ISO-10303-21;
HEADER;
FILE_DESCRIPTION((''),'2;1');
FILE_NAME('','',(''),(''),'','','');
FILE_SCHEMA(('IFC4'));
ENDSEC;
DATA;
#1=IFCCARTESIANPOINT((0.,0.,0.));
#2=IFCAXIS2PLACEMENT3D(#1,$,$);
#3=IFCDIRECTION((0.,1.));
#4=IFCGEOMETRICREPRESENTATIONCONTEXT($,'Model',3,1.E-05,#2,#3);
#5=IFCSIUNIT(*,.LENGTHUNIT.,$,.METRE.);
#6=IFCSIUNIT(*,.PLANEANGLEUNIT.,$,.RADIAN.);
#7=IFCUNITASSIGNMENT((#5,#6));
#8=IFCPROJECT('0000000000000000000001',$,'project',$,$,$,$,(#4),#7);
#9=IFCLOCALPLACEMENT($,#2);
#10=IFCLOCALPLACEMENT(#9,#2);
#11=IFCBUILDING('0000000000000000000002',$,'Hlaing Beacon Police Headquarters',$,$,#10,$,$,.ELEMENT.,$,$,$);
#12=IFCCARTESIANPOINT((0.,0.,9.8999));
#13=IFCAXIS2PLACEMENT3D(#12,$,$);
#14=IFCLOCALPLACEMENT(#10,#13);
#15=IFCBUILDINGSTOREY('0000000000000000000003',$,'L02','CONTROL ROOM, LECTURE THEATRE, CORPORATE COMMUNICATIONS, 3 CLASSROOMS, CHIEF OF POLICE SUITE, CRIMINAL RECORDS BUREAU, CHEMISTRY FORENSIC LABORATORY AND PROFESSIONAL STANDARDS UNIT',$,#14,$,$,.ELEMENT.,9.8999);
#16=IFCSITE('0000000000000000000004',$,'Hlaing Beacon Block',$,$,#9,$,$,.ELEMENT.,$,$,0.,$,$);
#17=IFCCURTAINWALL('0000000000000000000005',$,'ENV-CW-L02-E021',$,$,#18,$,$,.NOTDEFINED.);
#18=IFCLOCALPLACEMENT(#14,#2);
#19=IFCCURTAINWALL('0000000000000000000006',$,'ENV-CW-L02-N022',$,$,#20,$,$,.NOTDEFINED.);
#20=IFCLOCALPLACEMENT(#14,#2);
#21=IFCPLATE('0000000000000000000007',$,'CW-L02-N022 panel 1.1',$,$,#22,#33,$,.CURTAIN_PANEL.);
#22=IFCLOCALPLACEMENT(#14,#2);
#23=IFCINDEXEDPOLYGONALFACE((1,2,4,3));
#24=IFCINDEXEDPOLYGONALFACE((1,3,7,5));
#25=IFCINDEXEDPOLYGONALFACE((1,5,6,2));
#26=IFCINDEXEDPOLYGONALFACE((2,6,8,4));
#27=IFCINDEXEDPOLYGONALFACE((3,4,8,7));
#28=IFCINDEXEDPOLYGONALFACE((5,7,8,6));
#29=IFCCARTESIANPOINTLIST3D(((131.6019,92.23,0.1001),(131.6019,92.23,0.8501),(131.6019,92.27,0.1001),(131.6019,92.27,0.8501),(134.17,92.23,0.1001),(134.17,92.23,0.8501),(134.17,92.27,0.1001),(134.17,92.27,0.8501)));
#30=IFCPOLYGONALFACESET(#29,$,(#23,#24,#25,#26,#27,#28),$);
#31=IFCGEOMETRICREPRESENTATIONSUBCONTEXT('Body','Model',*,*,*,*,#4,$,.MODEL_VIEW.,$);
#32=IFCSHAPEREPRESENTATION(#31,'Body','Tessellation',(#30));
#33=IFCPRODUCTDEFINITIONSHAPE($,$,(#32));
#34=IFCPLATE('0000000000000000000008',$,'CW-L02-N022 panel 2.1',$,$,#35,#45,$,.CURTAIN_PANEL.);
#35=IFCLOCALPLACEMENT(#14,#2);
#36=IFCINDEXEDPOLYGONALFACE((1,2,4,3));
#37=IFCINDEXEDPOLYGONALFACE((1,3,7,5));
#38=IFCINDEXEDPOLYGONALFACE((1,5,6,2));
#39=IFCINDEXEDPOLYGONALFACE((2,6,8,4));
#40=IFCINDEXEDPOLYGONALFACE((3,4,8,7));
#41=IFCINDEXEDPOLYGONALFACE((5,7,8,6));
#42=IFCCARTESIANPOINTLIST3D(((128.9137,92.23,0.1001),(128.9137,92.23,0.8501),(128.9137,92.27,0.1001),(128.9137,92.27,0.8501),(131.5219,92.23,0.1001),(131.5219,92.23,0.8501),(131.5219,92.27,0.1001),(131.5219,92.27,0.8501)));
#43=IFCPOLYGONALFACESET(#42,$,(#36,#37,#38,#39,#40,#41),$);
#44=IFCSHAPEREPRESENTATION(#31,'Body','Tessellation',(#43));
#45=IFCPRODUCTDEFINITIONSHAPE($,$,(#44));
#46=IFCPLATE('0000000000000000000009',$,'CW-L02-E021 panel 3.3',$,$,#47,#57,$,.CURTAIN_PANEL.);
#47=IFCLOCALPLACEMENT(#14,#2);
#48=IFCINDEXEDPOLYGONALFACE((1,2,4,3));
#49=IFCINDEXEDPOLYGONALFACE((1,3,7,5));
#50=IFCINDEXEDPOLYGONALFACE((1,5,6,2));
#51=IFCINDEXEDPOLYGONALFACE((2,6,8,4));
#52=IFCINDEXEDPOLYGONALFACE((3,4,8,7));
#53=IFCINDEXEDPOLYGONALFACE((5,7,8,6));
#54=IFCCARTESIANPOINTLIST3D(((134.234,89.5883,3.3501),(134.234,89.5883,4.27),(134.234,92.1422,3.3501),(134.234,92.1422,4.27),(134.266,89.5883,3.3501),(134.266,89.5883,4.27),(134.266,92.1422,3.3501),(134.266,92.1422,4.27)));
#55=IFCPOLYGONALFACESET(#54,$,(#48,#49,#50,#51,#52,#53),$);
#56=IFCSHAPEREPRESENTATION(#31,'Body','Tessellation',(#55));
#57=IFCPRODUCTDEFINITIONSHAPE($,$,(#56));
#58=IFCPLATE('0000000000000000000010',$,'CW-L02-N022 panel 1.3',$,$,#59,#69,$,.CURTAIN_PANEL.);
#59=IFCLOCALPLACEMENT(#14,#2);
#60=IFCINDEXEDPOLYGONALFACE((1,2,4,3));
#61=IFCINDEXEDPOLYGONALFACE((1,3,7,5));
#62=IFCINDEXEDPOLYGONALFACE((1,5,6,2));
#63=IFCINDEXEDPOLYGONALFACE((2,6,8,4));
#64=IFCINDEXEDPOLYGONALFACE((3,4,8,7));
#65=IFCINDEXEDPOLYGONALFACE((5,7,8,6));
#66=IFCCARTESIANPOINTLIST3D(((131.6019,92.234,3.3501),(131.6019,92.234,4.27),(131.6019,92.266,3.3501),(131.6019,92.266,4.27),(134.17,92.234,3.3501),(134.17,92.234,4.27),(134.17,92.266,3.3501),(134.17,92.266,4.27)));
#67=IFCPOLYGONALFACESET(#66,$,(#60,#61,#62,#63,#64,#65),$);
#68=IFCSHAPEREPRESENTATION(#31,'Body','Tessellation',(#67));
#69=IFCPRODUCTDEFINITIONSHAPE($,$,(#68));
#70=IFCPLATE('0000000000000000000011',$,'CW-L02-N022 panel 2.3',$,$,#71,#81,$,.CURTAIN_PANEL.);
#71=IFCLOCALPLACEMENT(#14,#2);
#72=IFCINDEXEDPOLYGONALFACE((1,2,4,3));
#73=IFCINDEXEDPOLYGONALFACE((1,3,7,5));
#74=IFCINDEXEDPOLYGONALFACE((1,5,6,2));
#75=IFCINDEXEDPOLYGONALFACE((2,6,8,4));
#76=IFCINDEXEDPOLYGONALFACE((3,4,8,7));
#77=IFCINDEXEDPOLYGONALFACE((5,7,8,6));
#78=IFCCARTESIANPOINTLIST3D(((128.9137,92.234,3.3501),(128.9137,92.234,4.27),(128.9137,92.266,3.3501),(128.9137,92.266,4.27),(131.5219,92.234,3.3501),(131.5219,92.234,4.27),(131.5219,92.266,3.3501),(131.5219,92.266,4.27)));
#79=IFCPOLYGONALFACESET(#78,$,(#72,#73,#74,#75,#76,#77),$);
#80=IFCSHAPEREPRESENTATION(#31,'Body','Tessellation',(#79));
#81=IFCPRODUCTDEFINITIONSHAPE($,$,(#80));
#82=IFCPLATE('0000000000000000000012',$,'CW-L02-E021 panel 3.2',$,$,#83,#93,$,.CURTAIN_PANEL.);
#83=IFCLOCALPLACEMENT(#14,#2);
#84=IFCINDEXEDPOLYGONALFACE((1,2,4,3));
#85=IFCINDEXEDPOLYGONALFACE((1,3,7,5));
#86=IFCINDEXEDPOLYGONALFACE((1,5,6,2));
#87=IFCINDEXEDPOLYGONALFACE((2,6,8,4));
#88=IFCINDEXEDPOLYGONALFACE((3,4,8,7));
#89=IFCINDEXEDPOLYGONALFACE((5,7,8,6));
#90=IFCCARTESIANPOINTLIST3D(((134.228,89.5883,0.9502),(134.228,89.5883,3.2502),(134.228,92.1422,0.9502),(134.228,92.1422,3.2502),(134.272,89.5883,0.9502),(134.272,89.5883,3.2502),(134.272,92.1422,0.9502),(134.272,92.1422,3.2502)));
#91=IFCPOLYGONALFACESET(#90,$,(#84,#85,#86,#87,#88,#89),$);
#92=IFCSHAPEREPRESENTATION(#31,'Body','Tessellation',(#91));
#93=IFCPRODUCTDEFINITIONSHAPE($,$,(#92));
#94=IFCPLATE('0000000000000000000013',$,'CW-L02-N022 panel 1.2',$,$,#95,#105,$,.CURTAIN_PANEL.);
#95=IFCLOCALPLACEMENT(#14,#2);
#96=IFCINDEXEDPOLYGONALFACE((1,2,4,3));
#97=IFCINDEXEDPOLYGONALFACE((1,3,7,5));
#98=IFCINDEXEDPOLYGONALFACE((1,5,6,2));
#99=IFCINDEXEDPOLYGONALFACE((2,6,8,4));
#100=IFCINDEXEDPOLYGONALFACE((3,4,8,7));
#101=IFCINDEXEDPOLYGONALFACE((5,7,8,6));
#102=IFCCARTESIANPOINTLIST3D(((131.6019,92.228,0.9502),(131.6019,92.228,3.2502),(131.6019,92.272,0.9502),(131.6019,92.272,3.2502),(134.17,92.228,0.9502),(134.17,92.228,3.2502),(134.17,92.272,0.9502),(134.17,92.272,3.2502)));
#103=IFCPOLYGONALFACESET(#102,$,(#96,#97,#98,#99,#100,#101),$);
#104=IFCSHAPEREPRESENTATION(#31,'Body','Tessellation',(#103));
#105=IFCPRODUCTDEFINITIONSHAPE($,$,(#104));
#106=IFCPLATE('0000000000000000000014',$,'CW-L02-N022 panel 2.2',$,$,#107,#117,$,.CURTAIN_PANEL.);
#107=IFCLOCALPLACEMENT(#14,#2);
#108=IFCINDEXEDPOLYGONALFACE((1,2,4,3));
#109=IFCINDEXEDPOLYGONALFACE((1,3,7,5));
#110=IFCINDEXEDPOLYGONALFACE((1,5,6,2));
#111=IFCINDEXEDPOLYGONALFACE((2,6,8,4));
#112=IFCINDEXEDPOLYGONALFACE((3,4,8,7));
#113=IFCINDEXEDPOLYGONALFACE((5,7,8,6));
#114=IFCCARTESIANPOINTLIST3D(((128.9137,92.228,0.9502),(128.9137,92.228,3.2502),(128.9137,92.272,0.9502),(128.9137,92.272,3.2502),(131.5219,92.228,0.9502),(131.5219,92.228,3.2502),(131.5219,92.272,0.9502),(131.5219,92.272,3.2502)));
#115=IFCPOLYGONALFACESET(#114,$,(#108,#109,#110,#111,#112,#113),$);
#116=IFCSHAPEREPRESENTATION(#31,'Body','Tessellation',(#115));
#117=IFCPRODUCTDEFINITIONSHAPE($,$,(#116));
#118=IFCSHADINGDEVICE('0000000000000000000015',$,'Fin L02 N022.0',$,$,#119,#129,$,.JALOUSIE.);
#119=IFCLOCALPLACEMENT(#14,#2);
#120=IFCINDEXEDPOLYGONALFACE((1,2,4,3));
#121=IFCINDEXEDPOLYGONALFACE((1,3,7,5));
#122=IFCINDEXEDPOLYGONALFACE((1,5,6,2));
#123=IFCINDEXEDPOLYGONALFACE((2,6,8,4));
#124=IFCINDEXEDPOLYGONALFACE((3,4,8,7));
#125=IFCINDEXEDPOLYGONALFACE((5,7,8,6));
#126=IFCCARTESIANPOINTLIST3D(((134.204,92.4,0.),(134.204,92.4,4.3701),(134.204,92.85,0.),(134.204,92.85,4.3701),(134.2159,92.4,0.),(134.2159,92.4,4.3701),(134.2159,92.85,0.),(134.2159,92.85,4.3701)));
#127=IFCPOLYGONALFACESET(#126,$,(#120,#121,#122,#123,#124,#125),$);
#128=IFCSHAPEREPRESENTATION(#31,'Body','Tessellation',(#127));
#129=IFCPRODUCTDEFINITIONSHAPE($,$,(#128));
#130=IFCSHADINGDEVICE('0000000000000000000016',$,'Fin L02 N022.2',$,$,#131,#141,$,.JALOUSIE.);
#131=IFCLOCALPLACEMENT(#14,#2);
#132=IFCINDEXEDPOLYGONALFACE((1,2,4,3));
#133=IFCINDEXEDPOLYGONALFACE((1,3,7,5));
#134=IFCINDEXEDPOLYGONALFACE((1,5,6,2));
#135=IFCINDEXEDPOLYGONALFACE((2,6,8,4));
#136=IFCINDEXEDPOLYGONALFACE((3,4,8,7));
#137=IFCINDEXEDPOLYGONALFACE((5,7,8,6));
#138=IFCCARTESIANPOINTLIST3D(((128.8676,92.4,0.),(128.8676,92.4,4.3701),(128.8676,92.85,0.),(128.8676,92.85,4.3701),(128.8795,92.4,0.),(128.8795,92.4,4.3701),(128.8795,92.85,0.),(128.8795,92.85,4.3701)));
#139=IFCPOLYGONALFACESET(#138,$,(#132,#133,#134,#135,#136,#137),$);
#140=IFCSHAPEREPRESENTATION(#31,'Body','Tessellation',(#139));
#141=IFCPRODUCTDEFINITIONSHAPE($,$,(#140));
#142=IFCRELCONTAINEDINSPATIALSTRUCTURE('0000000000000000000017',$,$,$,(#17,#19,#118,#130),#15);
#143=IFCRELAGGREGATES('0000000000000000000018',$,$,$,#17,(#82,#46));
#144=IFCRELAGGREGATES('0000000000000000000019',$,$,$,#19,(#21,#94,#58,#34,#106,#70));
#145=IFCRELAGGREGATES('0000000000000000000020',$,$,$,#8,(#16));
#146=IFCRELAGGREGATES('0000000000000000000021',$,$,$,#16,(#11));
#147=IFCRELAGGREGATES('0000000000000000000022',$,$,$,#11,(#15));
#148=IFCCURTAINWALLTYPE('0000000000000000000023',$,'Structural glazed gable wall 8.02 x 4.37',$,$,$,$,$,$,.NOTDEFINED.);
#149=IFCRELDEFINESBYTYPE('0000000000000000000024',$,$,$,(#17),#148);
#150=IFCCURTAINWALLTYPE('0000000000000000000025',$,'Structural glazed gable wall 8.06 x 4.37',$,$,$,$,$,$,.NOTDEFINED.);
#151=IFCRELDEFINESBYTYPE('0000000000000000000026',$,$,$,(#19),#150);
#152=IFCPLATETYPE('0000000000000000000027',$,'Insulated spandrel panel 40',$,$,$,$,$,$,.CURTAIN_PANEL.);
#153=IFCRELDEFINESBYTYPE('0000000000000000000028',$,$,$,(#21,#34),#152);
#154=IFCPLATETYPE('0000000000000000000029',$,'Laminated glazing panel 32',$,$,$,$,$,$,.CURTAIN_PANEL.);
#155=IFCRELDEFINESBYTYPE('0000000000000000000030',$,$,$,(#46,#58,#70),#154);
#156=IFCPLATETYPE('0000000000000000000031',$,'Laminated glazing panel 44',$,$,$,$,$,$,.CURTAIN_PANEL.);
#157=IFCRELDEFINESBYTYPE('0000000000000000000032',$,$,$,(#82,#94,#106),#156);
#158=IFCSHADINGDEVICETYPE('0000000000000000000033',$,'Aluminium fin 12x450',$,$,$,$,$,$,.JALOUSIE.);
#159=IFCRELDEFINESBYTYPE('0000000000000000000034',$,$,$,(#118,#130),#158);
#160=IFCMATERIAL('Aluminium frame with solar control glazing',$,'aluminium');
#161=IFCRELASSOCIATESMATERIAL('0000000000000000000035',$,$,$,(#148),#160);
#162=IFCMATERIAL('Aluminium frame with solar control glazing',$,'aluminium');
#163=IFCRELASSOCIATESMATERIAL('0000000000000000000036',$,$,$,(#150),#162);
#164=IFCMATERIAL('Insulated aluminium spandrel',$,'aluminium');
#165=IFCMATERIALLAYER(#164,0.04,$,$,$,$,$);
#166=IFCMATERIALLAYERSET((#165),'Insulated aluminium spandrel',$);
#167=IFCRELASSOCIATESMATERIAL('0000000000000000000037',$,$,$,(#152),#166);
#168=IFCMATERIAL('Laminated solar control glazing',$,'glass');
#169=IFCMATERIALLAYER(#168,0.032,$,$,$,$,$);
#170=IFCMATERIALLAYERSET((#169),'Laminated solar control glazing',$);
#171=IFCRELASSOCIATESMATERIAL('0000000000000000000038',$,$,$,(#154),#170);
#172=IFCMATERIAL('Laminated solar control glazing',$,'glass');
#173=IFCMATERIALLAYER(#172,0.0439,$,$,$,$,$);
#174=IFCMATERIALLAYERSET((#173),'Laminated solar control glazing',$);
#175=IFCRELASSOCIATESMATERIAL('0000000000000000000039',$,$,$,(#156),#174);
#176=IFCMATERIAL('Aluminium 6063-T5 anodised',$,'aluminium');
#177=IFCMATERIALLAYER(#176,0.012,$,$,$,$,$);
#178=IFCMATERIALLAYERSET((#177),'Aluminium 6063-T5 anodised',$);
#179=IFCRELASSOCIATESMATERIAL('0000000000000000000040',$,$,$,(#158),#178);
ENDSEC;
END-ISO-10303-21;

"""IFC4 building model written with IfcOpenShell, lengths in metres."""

from ifc_helpers import new_model, si_unit, direction, frame, origin, origin_2d, place, context, subcontext, project, spatial, rectangle, extrude, material, layer, layer_set, type_object, element, aggregate, save


model = new_model("IFC4")

# Units and contexts
model_context = context("Model", 3, precision=1e-05, world=origin(), true_north=direction((0.0, 1.0)))
body_context = subcontext(model_context, "Body", "Model", "MODEL_VIEW")
ifc_project = project(units=[si_unit("LENGTHUNIT", "METRE"), si_unit("PLANEANGLEUNIT", "RADIAN")], contexts=[model_context])

# Site, building, storey
site_placement = place(None, origin())
site = spatial("IfcSite", under=ifc_project, at=site_placement, Name="Hlaing Beacon Block", CompositionType="ELEMENT", RefElevation=0.0)
building_placement = place(site_placement, origin())
building = spatial("IfcBuilding", under=site, at=building_placement, Name="Hlaing Beacon Police Headquarters", CompositionType="ELEMENT")
storey_placement = place(building_placement, frame((0.0, 0.0, 9.8999)))
storey = spatial("IfcBuildingStorey", under=building, at=storey_placement, Name="L02", Description="CONTROL ROOM, LECTURE THEATRE, CORPORATE COMMUNICATIONS, 3 CLASSROOMS, CHIEF OF POLICE SUITE, CRIMINAL RECORDS BUREAU, CHEMISTRY FORENSIC LABORATORY AND PROFESSIONAL STANDARDS UNIT", CompositionType="ELEMENT", Elevation=9.8999)

# Curtain wall
ifc_material_1 = material(Name="Aluminium frame with solar control glazing", Category="aluminium")
curtain_wall_type_1 = type_object("IfcCurtainWallType", Name="Structural glazed gable wall 8.02 x 4.37", PredefinedType="NOTDEFINED", material=ifc_material_1)
curtain_wall_1_placement = place(storey_placement, origin())
curtain_wall_1 = element("IfcCurtainWall", 1, at=curtain_wall_1_placement, inside=storey, type_object=curtain_wall_type_1, Name="ENV-CW-L02-E021", PredefinedType="NOTDEFINED")

# Curtain wall, plates
ifc_material_2 = material(Name="Aluminium frame with solar control glazing", Category="aluminium")
curtain_wall_type_2 = type_object("IfcCurtainWallType", Name="Structural glazed gable wall 8.06 x 4.37", PredefinedType="NOTDEFINED", material=ifc_material_2)
curtain_wall_2_placement = place(storey_placement, origin())
curtain_wall_2 = element("IfcCurtainWall", 2, at=curtain_wall_2_placement, inside=storey, type_object=curtain_wall_type_2, Name="ENV-CW-L02-N022", PredefinedType="NOTDEFINED")
ifc_material_3 = material(Name="Insulated aluminium spandrel", Category="aluminium")
ifc_layer_1 = layer(ifc_material_3, 0.04)
ifc_layer_set_1 = layer_set([ifc_layer_1], Name="Insulated aluminium spandrel")
plate_type_1 = type_object("IfcPlateType", Name="Insulated spandrel panel 40", PredefinedType="CURTAIN_PANEL", material=ifc_layer_set_1)
plate_1_placement = place(storey_placement, frame((132.886, 92.25, 0.1001), z_axis=(0.0, 0.0, 1.0), x_axis=(-1.0, 0.0, 0.0)))
plate_1 = element("IfcPlate", 3, at=plate_1_placement, type_object=plate_type_1, Name="CW-L02-N022 panel 1.1", PredefinedType="CURTAIN_PANEL", context=body_context, shape_type="SweptSolid", body=[
    extrude(rectangle(XDim=2.5681, YDim=0.04, at=origin_2d()), origin(), (0.0, 0.0, 1.0), 0.75),
])
plate_2_placement = place(storey_placement, frame((130.2178, 92.25, 0.1001), z_axis=(0.0, 0.0, 1.0), x_axis=(-1.0, 0.0, 0.0)))
plate_2 = element("IfcPlate", 4, at=plate_2_placement, type_object=plate_type_1, Name="CW-L02-N022 panel 2.1", PredefinedType="CURTAIN_PANEL", context=body_context, shape_type="SweptSolid", body=[
    extrude(rectangle(XDim=2.6082, YDim=0.04, at=origin_2d()), origin(), (0.0, 0.0, 1.0), 0.75),
])

# Plates
ifc_material_4 = material(Name="Laminated solar control glazing", Category="glass")
ifc_layer_2 = layer(ifc_material_4, 0.032)
ifc_layer_set_2 = layer_set([ifc_layer_2], Name="Laminated solar control glazing")
plate_type_2 = type_object("IfcPlateType", Name="Laminated glazing panel 32", PredefinedType="CURTAIN_PANEL", material=ifc_layer_set_2)
plate_3_placement = place(storey_placement, frame((134.25, 90.8652, 3.3501), z_axis=(0.0, 0.0, 1.0), x_axis=(0.0, 1.0, 0.0)))
plate_3 = element("IfcPlate", 5, at=plate_3_placement, type_object=plate_type_2, Name="CW-L02-E021 panel 3.3", PredefinedType="CURTAIN_PANEL", context=body_context, shape_type="SweptSolid", body=[
    extrude(rectangle(XDim=2.554, YDim=0.032, at=origin_2d()), origin(), (0.0, 0.0, 1.0), 0.9199),
])
plate_4_placement = place(storey_placement, frame((132.886, 92.25, 3.3501), z_axis=(0.0, 0.0, 1.0), x_axis=(-1.0, 0.0, 0.0)))
plate_4 = element("IfcPlate", 6, at=plate_4_placement, type_object=plate_type_2, Name="CW-L02-N022 panel 1.3", PredefinedType="CURTAIN_PANEL", context=body_context, shape_type="SweptSolid", body=[
    extrude(rectangle(XDim=2.5681, YDim=0.032, at=origin_2d()), origin(), (0.0, 0.0, 1.0), 0.9199),
])
plate_5_placement = place(storey_placement, frame((130.2178, 92.25, 3.3501), z_axis=(0.0, 0.0, 1.0), x_axis=(-1.0, 0.0, 0.0)))
plate_5 = element("IfcPlate", 7, at=plate_5_placement, type_object=plate_type_2, Name="CW-L02-N022 panel 2.3", PredefinedType="CURTAIN_PANEL", context=body_context, shape_type="SweptSolid", body=[
    extrude(rectangle(XDim=2.6082, YDim=0.032, at=origin_2d()), origin(), (0.0, 0.0, 1.0), 0.9199),
])
ifc_material_5 = material(Name="Laminated solar control glazing", Category="glass")
ifc_layer_3 = layer(ifc_material_5, 0.0439)
ifc_layer_set_3 = layer_set([ifc_layer_3], Name="Laminated solar control glazing")
plate_type_3 = type_object("IfcPlateType", Name="Laminated glazing panel 44", PredefinedType="CURTAIN_PANEL", material=ifc_layer_set_3)
plate_6_placement = place(storey_placement, frame((134.25, 90.8652, 0.9502), z_axis=(0.0, 0.0, 1.0), x_axis=(0.0, 1.0, 0.0)))
plate_6 = element("IfcPlate", 8, at=plate_6_placement, type_object=plate_type_3, Name="CW-L02-E021 panel 3.2", PredefinedType="CURTAIN_PANEL", context=body_context, shape_type="SweptSolid", body=[
    extrude(rectangle(XDim=2.554, YDim=0.0439, at=origin_2d()), origin(), (0.0, 0.0, 1.0), 2.3),
])
aggregate(curtain_wall_1, [plate_6, plate_3])
plate_7_placement = place(storey_placement, frame((132.886, 92.25, 0.9502), z_axis=(0.0, 0.0, 1.0), x_axis=(-1.0, 0.0, 0.0)))
plate_7 = element("IfcPlate", 9, at=plate_7_placement, type_object=plate_type_3, Name="CW-L02-N022 panel 1.2", PredefinedType="CURTAIN_PANEL", context=body_context, shape_type="SweptSolid", body=[
    extrude(rectangle(XDim=2.5681, YDim=0.0439, at=origin_2d()), origin(), (0.0, 0.0, 1.0), 2.3),
])
plate_8_placement = place(storey_placement, frame((130.2178, 92.25, 0.9502), z_axis=(0.0, 0.0, 1.0), x_axis=(-1.0, 0.0, 0.0)))
plate_8 = element("IfcPlate", 10, at=plate_8_placement, type_object=plate_type_3, Name="CW-L02-N022 panel 2.2", PredefinedType="CURTAIN_PANEL", context=body_context, shape_type="SweptSolid", body=[
    extrude(rectangle(XDim=2.6082, YDim=0.0439, at=origin_2d()), origin(), (0.0, 0.0, 1.0), 2.3),
])
aggregate(curtain_wall_2, [plate_1, plate_7, plate_4, plate_2, plate_8, plate_5])

# Shading devices
ifc_material_6 = material(Name="Aluminium 6063-T5 anodised", Category="aluminium")
ifc_layer_4 = layer(ifc_material_6, 0.012)
ifc_layer_set_4 = layer_set([ifc_layer_4], Name="Aluminium 6063-T5 anodised")
shading_device_type = type_object("IfcShadingDeviceType", Name="Aluminium fin 12x450", PredefinedType="JALOUSIE", material=ifc_layer_set_4)
for number, where, z_axis, x_axis, name in (
    (11, (134.21, 92.625, 0.0), (0.0, 0.0, 1.0), (-1.0, 0.0, 0.0), "Fin L02 N022.0"),
    (12, (128.8735, 92.625, 0.0), (0.0, 0.0, 1.0), (-1.0, 0.0, 0.0), "Fin L02 N022.2"),
):
    element("IfcShadingDevice", number, at=place(storey_placement, frame(where, z_axis=z_axis, x_axis=x_axis)), inside=storey, type_object=shading_device_type, Name=name, PredefinedType="JALOUSIE", context=body_context, shape_type="SweptSolid", body=[
        extrude(rectangle(XDim=0.012, YDim=0.45, at=origin_2d()), origin(), (0.0, 0.0, 1.0), 4.3701),
    ])

save(model, "model.ifc")
